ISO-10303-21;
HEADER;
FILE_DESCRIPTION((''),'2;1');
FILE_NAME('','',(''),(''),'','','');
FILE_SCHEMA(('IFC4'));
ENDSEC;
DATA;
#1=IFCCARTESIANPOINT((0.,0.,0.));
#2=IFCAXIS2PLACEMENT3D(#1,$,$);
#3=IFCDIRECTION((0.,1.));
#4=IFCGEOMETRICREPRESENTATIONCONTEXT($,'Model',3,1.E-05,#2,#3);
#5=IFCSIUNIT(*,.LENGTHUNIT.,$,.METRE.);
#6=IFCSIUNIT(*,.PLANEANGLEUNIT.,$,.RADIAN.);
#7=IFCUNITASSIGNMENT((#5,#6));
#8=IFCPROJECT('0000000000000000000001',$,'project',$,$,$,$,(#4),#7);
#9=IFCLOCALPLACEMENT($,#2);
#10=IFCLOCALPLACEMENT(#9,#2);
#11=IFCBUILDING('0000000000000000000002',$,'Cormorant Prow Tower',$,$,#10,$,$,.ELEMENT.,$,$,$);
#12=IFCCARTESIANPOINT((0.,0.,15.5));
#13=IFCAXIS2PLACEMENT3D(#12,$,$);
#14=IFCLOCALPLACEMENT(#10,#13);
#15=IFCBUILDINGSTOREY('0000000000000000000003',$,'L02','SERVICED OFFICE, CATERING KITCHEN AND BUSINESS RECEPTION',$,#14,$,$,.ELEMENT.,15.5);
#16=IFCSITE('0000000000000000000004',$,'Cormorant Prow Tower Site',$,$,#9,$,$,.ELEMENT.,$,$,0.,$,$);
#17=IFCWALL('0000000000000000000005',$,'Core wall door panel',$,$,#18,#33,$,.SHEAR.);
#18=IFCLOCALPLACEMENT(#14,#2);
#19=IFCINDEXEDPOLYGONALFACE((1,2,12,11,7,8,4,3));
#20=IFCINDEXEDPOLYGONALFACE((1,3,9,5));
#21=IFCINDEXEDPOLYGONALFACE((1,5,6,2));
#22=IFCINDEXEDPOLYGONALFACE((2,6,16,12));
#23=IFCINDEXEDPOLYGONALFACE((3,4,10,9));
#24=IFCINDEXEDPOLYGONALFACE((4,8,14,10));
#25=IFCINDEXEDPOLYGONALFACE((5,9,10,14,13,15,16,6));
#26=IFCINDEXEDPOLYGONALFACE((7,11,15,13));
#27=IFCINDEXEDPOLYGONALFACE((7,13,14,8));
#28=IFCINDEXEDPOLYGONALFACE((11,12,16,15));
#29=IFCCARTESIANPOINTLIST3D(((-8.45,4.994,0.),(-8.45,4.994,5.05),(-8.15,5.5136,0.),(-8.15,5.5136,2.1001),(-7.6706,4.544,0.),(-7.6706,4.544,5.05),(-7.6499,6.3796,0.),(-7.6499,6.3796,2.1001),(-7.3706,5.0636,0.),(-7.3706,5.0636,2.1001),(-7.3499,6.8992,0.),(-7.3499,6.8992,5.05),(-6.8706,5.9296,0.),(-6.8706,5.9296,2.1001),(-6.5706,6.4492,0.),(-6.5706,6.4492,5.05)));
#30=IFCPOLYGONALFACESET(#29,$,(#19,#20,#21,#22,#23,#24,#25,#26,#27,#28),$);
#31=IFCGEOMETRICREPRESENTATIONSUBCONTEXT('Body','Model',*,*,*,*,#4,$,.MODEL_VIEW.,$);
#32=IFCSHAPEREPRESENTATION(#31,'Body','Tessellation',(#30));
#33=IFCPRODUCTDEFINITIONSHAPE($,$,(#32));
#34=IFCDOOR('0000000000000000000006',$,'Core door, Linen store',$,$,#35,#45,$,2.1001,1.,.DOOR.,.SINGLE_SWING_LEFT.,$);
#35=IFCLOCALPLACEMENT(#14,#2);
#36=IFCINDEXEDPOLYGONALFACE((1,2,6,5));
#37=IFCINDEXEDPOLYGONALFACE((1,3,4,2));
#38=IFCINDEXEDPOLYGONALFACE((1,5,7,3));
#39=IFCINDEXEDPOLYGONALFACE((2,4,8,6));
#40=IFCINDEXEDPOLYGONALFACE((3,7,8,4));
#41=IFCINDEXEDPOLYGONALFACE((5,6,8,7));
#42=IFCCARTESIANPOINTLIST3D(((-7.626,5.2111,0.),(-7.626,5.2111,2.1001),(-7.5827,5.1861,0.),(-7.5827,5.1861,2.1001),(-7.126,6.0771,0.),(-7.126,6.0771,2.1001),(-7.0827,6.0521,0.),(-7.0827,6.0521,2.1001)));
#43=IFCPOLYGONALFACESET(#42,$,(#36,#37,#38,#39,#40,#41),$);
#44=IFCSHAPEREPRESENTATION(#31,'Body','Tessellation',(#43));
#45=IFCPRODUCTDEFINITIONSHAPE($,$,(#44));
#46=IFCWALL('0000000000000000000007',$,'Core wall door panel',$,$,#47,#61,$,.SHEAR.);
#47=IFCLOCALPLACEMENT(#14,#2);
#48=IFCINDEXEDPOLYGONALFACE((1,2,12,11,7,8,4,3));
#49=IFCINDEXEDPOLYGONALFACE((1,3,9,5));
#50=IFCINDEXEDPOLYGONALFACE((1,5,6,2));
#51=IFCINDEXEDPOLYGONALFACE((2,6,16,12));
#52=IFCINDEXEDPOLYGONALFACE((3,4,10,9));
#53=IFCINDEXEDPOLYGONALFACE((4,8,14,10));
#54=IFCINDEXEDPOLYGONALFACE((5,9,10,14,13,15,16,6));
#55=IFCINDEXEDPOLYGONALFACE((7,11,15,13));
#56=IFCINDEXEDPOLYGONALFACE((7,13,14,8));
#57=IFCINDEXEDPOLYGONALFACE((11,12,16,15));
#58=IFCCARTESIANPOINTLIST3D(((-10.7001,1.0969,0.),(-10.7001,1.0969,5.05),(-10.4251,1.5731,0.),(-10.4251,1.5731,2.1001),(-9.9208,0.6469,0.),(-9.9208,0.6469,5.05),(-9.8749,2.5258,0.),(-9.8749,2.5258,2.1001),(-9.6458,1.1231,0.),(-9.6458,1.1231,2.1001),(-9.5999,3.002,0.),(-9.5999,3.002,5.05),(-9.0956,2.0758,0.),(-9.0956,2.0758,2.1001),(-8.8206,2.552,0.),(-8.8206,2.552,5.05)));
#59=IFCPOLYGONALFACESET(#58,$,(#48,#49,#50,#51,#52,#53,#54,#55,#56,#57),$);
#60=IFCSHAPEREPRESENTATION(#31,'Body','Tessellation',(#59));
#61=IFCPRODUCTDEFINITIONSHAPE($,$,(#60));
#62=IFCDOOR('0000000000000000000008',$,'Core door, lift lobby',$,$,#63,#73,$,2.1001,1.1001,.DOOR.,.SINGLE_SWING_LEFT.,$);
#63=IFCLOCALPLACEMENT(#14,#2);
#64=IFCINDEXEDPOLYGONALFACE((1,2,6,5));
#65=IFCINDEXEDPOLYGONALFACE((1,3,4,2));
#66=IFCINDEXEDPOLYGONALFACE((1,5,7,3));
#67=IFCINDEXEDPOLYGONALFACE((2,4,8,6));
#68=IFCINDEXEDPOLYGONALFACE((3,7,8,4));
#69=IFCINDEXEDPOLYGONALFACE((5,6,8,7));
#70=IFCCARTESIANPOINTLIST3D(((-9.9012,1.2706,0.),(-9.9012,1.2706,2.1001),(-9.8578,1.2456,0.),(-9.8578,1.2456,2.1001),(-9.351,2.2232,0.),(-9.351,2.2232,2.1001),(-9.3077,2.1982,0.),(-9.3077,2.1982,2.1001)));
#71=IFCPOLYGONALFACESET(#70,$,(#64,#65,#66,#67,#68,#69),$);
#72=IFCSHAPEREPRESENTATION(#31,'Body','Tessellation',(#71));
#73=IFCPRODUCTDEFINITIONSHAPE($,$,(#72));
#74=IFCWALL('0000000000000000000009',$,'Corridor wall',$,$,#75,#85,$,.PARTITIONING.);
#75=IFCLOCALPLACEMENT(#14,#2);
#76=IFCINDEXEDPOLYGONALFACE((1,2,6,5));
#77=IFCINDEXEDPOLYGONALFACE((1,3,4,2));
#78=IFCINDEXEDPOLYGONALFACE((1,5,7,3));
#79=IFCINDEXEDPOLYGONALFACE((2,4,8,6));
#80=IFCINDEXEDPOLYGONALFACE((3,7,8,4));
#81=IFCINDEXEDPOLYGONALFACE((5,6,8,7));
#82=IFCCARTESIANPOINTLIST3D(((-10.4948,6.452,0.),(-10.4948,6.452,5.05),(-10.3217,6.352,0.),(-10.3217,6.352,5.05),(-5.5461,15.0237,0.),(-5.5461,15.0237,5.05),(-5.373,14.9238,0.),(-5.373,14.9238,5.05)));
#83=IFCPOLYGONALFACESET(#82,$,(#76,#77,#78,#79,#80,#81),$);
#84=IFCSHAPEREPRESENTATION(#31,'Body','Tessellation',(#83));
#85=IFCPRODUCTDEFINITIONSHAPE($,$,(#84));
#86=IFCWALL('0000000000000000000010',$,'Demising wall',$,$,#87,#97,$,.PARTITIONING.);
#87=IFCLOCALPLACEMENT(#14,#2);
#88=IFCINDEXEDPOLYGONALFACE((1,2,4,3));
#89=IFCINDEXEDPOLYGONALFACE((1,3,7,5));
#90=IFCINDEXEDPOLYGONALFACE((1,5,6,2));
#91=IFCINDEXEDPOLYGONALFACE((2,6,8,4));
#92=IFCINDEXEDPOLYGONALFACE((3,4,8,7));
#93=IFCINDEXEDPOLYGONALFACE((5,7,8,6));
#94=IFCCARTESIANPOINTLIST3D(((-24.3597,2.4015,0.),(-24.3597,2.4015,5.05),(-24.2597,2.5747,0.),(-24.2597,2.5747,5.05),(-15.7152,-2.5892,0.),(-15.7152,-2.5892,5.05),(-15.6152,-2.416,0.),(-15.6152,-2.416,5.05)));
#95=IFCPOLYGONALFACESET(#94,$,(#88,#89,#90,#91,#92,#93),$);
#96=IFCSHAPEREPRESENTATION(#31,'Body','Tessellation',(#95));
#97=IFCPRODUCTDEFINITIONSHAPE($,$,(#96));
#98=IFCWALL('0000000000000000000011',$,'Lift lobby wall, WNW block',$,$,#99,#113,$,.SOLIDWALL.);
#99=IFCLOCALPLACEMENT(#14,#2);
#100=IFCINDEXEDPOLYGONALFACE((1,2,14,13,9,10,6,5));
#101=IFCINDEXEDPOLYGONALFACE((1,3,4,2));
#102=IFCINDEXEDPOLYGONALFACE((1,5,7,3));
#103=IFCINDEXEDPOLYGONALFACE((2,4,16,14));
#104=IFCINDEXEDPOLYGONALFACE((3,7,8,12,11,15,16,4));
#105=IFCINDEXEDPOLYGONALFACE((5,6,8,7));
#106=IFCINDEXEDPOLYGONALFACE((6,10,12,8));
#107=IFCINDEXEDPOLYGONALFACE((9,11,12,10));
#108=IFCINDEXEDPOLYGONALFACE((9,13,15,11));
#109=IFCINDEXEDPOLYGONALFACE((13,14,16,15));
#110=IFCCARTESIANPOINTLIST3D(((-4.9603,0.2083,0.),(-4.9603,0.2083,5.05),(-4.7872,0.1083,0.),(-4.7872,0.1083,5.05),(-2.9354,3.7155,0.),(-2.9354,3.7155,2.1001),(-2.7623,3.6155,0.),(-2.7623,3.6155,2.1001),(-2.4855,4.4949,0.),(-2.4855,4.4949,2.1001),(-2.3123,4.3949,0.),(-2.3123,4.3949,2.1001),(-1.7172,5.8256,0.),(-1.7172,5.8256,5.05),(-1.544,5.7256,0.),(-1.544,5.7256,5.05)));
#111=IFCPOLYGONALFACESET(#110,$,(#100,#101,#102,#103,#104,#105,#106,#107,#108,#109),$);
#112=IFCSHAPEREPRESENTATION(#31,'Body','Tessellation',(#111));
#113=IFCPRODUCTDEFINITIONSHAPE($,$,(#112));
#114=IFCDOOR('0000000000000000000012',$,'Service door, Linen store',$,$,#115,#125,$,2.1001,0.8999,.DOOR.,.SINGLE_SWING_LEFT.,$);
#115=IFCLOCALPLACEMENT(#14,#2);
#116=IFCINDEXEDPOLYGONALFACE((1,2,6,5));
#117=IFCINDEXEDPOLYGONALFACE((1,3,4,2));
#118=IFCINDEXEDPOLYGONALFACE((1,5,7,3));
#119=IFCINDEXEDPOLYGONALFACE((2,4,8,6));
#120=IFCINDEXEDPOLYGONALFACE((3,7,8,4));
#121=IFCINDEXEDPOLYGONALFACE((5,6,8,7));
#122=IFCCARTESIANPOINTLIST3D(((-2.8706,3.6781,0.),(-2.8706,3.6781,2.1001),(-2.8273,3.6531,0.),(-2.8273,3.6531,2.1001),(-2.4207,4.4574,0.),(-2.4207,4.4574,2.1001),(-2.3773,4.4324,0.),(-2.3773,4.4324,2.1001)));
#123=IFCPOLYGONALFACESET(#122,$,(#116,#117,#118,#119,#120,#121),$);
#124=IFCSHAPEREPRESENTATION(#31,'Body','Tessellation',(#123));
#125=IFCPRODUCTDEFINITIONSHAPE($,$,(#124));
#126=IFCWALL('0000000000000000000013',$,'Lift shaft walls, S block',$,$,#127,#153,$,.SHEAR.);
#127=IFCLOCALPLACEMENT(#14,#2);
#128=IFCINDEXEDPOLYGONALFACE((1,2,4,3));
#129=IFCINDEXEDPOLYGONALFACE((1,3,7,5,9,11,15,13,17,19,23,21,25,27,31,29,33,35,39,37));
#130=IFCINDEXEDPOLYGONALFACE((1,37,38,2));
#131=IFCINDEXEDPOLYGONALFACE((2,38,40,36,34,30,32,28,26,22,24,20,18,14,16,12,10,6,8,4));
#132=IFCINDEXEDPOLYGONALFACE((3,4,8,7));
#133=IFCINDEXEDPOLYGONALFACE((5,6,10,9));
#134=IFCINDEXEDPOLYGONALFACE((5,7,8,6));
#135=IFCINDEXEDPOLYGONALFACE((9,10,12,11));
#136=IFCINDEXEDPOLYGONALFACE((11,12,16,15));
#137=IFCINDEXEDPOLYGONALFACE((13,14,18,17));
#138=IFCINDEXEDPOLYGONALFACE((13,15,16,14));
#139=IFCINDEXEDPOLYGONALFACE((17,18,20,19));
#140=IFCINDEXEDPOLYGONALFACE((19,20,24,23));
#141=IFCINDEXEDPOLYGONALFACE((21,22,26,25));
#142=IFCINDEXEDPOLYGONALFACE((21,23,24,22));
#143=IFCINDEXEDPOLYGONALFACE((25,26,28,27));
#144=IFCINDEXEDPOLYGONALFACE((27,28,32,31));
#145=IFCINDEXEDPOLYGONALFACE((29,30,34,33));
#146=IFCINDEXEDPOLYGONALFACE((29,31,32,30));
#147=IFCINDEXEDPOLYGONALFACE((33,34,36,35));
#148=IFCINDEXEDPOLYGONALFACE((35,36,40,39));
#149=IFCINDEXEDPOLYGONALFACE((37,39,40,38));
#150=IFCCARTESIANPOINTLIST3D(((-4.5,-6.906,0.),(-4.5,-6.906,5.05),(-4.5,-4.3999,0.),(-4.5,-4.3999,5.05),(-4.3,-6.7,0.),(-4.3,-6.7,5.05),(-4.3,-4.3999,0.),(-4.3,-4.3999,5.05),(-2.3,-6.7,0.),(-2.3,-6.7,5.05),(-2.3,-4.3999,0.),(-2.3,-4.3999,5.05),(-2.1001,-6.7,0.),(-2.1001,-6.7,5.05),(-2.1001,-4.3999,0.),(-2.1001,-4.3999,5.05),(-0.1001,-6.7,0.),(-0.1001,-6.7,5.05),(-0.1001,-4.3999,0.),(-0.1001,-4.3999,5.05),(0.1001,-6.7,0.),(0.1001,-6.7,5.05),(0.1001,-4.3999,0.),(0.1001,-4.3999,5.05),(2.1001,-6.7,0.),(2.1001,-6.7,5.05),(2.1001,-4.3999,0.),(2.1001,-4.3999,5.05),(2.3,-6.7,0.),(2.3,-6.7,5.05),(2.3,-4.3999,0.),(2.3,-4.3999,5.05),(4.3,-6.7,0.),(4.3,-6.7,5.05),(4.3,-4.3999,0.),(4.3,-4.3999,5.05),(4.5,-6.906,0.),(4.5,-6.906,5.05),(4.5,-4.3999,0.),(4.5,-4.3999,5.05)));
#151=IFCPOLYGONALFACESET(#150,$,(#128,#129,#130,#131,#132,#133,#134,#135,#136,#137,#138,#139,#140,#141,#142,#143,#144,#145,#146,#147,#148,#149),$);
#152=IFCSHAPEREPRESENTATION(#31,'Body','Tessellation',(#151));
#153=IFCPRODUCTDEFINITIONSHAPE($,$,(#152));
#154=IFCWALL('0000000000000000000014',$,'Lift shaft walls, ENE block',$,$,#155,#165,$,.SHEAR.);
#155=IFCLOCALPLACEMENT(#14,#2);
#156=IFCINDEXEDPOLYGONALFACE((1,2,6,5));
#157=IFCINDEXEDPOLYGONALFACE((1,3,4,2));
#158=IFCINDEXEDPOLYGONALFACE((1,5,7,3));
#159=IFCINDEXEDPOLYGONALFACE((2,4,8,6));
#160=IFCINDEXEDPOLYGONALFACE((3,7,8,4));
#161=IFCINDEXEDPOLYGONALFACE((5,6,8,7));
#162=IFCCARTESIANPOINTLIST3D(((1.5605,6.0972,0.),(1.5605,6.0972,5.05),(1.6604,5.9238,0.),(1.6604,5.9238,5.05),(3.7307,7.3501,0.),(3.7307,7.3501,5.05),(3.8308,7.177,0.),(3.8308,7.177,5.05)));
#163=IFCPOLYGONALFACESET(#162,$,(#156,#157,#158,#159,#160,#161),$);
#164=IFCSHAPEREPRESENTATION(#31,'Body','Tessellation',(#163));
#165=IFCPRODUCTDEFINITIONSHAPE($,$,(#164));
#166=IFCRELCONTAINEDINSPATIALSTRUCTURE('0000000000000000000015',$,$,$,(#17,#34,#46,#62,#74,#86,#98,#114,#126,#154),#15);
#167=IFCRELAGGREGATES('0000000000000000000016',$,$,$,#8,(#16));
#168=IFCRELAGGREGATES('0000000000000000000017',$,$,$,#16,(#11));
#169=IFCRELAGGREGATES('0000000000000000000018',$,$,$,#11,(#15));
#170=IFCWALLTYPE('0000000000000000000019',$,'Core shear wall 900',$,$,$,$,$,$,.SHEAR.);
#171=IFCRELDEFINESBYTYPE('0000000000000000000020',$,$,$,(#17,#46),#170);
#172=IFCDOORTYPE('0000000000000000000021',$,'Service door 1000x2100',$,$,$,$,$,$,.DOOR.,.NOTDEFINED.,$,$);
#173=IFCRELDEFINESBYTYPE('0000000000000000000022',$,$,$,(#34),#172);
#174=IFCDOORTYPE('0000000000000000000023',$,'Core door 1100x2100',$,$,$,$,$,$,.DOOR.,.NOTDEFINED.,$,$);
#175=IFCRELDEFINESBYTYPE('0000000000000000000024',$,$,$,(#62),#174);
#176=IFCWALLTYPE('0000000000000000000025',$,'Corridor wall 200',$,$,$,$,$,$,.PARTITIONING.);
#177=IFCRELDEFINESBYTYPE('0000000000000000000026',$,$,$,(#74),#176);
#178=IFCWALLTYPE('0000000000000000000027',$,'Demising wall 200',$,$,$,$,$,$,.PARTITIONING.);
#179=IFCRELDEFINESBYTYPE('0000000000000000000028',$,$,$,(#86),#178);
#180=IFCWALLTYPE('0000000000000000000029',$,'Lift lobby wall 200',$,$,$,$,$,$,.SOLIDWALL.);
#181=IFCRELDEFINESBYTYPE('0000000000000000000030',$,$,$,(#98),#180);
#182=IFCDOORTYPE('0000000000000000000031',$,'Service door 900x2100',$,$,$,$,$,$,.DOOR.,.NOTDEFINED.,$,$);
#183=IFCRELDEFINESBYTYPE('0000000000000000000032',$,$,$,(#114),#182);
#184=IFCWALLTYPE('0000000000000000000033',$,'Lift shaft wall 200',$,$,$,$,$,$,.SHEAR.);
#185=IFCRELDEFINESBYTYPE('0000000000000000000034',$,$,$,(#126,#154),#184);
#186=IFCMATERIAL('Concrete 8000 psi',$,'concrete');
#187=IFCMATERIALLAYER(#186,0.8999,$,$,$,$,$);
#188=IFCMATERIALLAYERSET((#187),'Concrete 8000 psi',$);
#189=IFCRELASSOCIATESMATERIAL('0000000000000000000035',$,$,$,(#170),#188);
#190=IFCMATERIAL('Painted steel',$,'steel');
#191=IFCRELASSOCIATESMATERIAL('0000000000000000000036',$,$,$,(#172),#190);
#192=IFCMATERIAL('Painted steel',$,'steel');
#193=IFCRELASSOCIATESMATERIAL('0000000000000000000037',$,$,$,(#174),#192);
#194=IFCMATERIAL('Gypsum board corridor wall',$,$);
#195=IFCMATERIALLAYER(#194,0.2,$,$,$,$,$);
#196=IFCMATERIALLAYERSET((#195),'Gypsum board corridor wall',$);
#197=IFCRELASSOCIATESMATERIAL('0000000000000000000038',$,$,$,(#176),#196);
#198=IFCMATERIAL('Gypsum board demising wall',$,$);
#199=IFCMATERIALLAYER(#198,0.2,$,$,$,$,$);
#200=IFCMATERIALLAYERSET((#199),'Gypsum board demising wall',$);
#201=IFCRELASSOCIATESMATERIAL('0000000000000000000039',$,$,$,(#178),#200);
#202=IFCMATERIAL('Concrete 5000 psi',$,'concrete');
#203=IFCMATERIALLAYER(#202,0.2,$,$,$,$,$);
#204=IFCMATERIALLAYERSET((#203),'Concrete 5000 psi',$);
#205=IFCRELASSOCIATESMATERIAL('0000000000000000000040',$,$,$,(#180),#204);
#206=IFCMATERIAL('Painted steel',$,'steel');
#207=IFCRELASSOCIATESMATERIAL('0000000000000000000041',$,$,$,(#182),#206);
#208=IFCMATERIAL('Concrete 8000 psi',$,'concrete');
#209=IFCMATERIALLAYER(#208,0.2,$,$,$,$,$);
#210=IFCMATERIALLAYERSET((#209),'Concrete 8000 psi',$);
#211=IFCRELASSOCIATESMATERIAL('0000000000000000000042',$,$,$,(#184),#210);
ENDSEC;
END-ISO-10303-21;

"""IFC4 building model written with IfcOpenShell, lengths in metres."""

from ifc_helpers import new_model, si_unit, direction, frame, frame_2d, origin, place, context, subcontext, project, spatial, polyline, rectangle, outline, extrude, material, layer, layer_set, type_object, element, fill, save


model = new_model("IFC4")

# Units and contexts
model_context = context("Model", 3, precision=1e-05, world=origin(), true_north=direction((0.0, 1.0)))
body_context = subcontext(model_context, "Body", "Model", "MODEL_VIEW")
ifc_project = project(units=[si_unit("LENGTHUNIT", "METRE"), si_unit("PLANEANGLEUNIT", "RADIAN")], contexts=[model_context])

# Site, building, storey
site_placement = place(None, origin())
site = spatial("IfcSite", under=ifc_project, at=site_placement, Name="Cormorant Prow Tower Site", CompositionType="ELEMENT", RefElevation=0.0)
building_placement = place(site_placement, origin())
building = spatial("IfcBuilding", under=site, at=building_placement, Name="Cormorant Prow Tower", CompositionType="ELEMENT")
storey_placement = place(building_placement, frame((0.0, 0.0, 15.5)))
storey = spatial("IfcBuildingStorey", under=building, at=storey_placement, Name="L02", Description="SERVICED OFFICE, CATERING KITCHEN AND BUSINESS RECEPTION", CompositionType="ELEMENT", Elevation=15.5)

# Shared definitions
ifc_material_1 = material(Name="Concrete 8000 psi", Category="concrete")
ifc_layer_1 = layer(ifc_material_1, 0.8999)
ifc_layer_set_1 = layer_set([ifc_layer_1], Name="Concrete 8000 psi")
wall_type_1 = type_object("IfcWallType", Name="Core shear wall 900", PredefinedType="SHEAR", material=ifc_layer_set_1)

# Walls, openings, doors
wall_1_placement = place(storey_placement, frame((-6.9602, 6.6743, 0.0), z_axis=(0.0, 0.0, 1.0), x_axis=(-0.50003, -0.866008, 0.0)))
wall_1 = element("IfcWall", 1, at=wall_1_placement, inside=storey, type_object=wall_type_1, Name="Core wall door panel", PredefinedType="SHEAR", context=body_context, shape_type="SweptSolid", body=[
    extrude(rectangle(XDim=2.2, YDim=0.8999, at=frame_2d((1.1001, 0.0))), origin(), (0.0, 0.0, 1.0), 5.05),
])
opening_1_placement = place(wall_1_placement, frame((0.6001, 0.0, 0.0)))
opening_1 = element("IfcOpeningElement", 2, at=opening_1_placement, cuts=wall_1, PredefinedType="OPENING", context=body_context, shape_type="SweptSolid", body=[
    extrude(rectangle(XDim=1.0, YDim=2.1001, at=frame_2d((0.5, 1.05))), frame((0.0, 0.46, 0.0), z_axis=(0.0, -1.0, 0.0), x_axis=(1.0, 0.0, 0.0)), (0.0, 0.0, 1.0), 0.9199),
])
ifc_material_2 = material(Name="Painted steel", Category="steel")
door_type_1 = type_object("IfcDoorType", Name="Service door 1000x2100", OperationType="NOTDEFINED", PredefinedType="DOOR", material=ifc_material_2)
door_1_placement = place(opening_1_placement, origin())
door_1 = element("IfcDoor", 3, at=door_1_placement, inside=storey, type_object=door_type_1, Name="Core door, Linen store", OperationType="SINGLE_SWING_LEFT", OverallHeight=2.1001, OverallWidth=1.0, PredefinedType="DOOR", context=body_context, shape_type="SweptSolid", body=[
    extrude(rectangle(XDim=1.0, YDim=2.1001, at=frame_2d((0.5, 1.05))), frame((0.0, 0.2051, 0.0), z_axis=(0.0, -1.0, 0.0), x_axis=(1.0, 0.0, 0.0)), (0.0, 0.0, 1.0), 0.05),
])
fill(opening_1, door_1)
wall_2_placement = place(storey_placement, frame((-9.2102, 2.7771, 0.0), z_axis=(0.0, 0.0, 1.0), x_axis=(-0.500078, -0.86598, 0.0)))
wall_2 = element("IfcWall", 4, at=wall_2_placement, inside=storey, type_object=wall_type_1, Name="Core wall door panel", PredefinedType="SHEAR", context=body_context, shape_type="SweptSolid", body=[
    extrude(rectangle(XDim=2.2, YDim=0.8999, at=frame_2d((1.1001, 0.0))), origin(), (0.0, 0.0, 1.0), 5.05),
])
opening_2_placement = place(wall_2_placement, frame((0.55, 0.0, 0.0)))
opening_2 = element("IfcOpeningElement", 5, at=opening_2_placement, cuts=wall_2, PredefinedType="OPENING", context=body_context, shape_type="SweptSolid", body=[
    extrude(rectangle(XDim=1.1001, YDim=2.1001, at=frame_2d((0.55, 1.05))), frame((0.0, 0.46, 0.0), z_axis=(0.0, -1.0, 0.0), x_axis=(1.0, 0.0, 0.0)), (0.0, 0.0, 1.0), 0.9199),
])
ifc_material_3 = material(Name="Painted steel", Category="steel")
door_type_2 = type_object("IfcDoorType", Name="Core door 1100x2100", OperationType="NOTDEFINED", PredefinedType="DOOR", material=ifc_material_3)
door_2_placement = place(opening_2_placement, origin())
door_2 = element("IfcDoor", 6, at=door_2_placement, inside=storey, type_object=door_type_2, Name="Core door, lift lobby", OperationType="SINGLE_SWING_LEFT", OverallHeight=2.1001, OverallWidth=1.1001, PredefinedType="DOOR", context=body_context, shape_type="SweptSolid", body=[
    extrude(rectangle(XDim=1.1001, YDim=2.1001, at=frame_2d((0.55, 1.05))), frame((0.0, 0.2051, 0.0), z_axis=(0.0, -1.0, 0.0), x_axis=(1.0, 0.0, 0.0)), (0.0, 0.0, 1.0), 0.05),
])
fill(opening_2, door_2)

# Walls
ifc_material_4 = material(Name="Gypsum board corridor wall")
ifc_layer_2 = layer(ifc_material_4, 0.2)
ifc_layer_set_2 = layer_set([ifc_layer_2], Name="Gypsum board corridor wall")
wall_type_2 = type_object("IfcWallType", Name="Corridor wall 200", PredefinedType="PARTITIONING", material=ifc_layer_set_2)
wall_3_placement = place(storey_placement, frame((-10.4082, 6.4021, 0.0), z_axis=(0.0, 0.0, 1.0), x_axis=(0.499986, 0.866034, 0.0)))
element("IfcWall", 7, at=wall_3_placement, inside=storey, type_object=wall_type_2, Name="Corridor wall", PredefinedType="PARTITIONING", context=body_context, shape_type="SweptSolid", body=[
    extrude(rectangle(XDim=9.8977, YDim=0.2, at=frame_2d((4.9487, 0.0))), origin(), (0.0, 0.0, 1.0), 5.05),
])
ifc_material_5 = material(Name="Gypsum board demising wall")
ifc_layer_3 = layer(ifc_material_5, 0.2)
ifc_layer_set_3 = layer_set([ifc_layer_3], Name="Gypsum board demising wall")
wall_type_3 = type_object("IfcWallType", Name="Demising wall 200", PredefinedType="PARTITIONING", material=ifc_layer_set_3)
wall_4_placement = place(storey_placement, frame((-24.3096, 2.488, 0.0), z_axis=(0.0, 0.0, 1.0), x_axis=(0.866034, -0.499985, 0.0)))
element("IfcWall", 8, at=wall_4_placement, inside=storey, type_object=wall_type_3, Name="Demising wall", PredefinedType="PARTITIONING", context=body_context, shape_type="SweptSolid", body=[
    extrude(rectangle(XDim=9.9817, YDim=0.2, at=frame_2d((4.9907, 0.0))), origin(), (0.0, 0.0, 1.0), 5.05),
])

# Wall, opening, door
ifc_material_6 = material(Name="Concrete 5000 psi", Category="concrete")
ifc_layer_4 = layer(ifc_material_6, 0.2)
ifc_layer_set_4 = layer_set([ifc_layer_4], Name="Concrete 5000 psi")
wall_type_4 = type_object("IfcWallType", Name="Lift lobby wall 200", PredefinedType="SOLIDWALL", material=ifc_layer_set_4)
wall_5_placement = place(storey_placement, frame((-1.6306, 5.7756, 0.0), z_axis=(0.0, 0.0, 1.0), x_axis=(-0.499993, -0.86603, 0.0)))
wall_5 = element("IfcWall", 9, at=wall_5_placement, inside=storey, type_object=wall_type_4, Name="Lift lobby wall, WNW block", PredefinedType="SOLIDWALL", context=body_context, shape_type="SweptSolid", body=[
    extrude(rectangle(XDim=6.4863, YDim=0.2, at=frame_2d((3.2432, 0.0))), origin(), (0.0, 0.0, 1.0), 5.05),
])
opening_3_placement = place(wall_5_placement, frame((1.5366, 0.0, 0.0)))
opening_3 = element("IfcOpeningElement", 10, at=opening_3_placement, cuts=wall_5, PredefinedType="OPENING", context=body_context, shape_type="SweptSolid", body=[
    extrude(rectangle(XDim=0.8999, YDim=2.1001, at=frame_2d((0.45, 1.05))), frame((0.0, 0.1099, 0.0), z_axis=(0.0, -1.0, 0.0), x_axis=(1.0, 0.0, 0.0)), (0.0, 0.0, 1.0), 0.22),
])
ifc_material_7 = material(Name="Painted steel", Category="steel")
door_type_3 = type_object("IfcDoorType", Name="Service door 900x2100", OperationType="NOTDEFINED", PredefinedType="DOOR", material=ifc_material_7)
door_3_placement = place(opening_3_placement, origin())
door_3 = element("IfcDoor", 11, at=door_3_placement, inside=storey, type_object=door_type_3, Name="Service door, Linen store", OperationType="SINGLE_SWING_LEFT", OverallHeight=2.1001, OverallWidth=0.8999, PredefinedType="DOOR", context=body_context, shape_type="SweptSolid", body=[
    extrude(rectangle(XDim=0.8999, YDim=2.1001, at=frame_2d((0.45, 1.05))), frame((0.0, 0.0249, 0.0), z_axis=(0.0, -1.0, 0.0), x_axis=(1.0, 0.0, 0.0)), (0.0, 0.0, 1.0), 0.05),
])
fill(opening_3, door_3)

# Walls
ifc_material_8 = material(Name="Concrete 8000 psi", Category="concrete")
ifc_layer_5 = layer(ifc_material_8, 0.2)
ifc_layer_set_5 = layer_set([ifc_layer_5], Name="Concrete 8000 psi")
wall_type_5 = type_object("IfcWallType", Name="Lift shaft wall 200", PredefinedType="SHEAR", material=ifc_layer_set_5)
wall_6_placement = place(storey_placement, origin())
element("IfcWall", 12, at=wall_6_placement, inside=storey, type_object=wall_type_5, Name="Lift shaft walls, S block", PredefinedType="SHEAR", context=body_context, shape_type="SweptSolid", body=[
    extrude(outline(polyline([(4.5, -4.3999), (4.5, -6.906), (-4.5, -6.906), (-4.5, -4.3999), (-4.3, -4.3999), (-4.3, -6.7), (-2.3, -6.7), (-2.3, -4.3999), (-2.1001, -4.3999), (-2.1001, -6.7), (-0.1001, -6.7), (-0.1001, -4.3999), (0.1001, -4.3999), (0.1001, -6.7), (2.1001, -6.7), (2.1001, -4.3999), (2.3, -4.3999), (2.3, -6.7), (4.3, -6.7), (4.3, -4.3999), (4.5, -4.3999)])), origin(), (0.0, 0.0, 1.0), 5.05),
])
wall_7_placement = place(storey_placement, origin())
element("IfcWall", 13, at=wall_7_placement, inside=storey, type_object=wall_type_5, Name="Lift shaft walls, ENE block", PredefinedType="SHEAR", context=body_context, shape_type="SweptSolid", body=[
    extrude(outline(polyline([(1.5605, 6.0972), (3.7307, 7.3501), (3.8308, 7.177), (1.6604, 5.9238), (1.5605, 6.0972)])), origin(), (0.0, 0.0, 1.0), 5.05),
])

save(model, "model.ifc")
